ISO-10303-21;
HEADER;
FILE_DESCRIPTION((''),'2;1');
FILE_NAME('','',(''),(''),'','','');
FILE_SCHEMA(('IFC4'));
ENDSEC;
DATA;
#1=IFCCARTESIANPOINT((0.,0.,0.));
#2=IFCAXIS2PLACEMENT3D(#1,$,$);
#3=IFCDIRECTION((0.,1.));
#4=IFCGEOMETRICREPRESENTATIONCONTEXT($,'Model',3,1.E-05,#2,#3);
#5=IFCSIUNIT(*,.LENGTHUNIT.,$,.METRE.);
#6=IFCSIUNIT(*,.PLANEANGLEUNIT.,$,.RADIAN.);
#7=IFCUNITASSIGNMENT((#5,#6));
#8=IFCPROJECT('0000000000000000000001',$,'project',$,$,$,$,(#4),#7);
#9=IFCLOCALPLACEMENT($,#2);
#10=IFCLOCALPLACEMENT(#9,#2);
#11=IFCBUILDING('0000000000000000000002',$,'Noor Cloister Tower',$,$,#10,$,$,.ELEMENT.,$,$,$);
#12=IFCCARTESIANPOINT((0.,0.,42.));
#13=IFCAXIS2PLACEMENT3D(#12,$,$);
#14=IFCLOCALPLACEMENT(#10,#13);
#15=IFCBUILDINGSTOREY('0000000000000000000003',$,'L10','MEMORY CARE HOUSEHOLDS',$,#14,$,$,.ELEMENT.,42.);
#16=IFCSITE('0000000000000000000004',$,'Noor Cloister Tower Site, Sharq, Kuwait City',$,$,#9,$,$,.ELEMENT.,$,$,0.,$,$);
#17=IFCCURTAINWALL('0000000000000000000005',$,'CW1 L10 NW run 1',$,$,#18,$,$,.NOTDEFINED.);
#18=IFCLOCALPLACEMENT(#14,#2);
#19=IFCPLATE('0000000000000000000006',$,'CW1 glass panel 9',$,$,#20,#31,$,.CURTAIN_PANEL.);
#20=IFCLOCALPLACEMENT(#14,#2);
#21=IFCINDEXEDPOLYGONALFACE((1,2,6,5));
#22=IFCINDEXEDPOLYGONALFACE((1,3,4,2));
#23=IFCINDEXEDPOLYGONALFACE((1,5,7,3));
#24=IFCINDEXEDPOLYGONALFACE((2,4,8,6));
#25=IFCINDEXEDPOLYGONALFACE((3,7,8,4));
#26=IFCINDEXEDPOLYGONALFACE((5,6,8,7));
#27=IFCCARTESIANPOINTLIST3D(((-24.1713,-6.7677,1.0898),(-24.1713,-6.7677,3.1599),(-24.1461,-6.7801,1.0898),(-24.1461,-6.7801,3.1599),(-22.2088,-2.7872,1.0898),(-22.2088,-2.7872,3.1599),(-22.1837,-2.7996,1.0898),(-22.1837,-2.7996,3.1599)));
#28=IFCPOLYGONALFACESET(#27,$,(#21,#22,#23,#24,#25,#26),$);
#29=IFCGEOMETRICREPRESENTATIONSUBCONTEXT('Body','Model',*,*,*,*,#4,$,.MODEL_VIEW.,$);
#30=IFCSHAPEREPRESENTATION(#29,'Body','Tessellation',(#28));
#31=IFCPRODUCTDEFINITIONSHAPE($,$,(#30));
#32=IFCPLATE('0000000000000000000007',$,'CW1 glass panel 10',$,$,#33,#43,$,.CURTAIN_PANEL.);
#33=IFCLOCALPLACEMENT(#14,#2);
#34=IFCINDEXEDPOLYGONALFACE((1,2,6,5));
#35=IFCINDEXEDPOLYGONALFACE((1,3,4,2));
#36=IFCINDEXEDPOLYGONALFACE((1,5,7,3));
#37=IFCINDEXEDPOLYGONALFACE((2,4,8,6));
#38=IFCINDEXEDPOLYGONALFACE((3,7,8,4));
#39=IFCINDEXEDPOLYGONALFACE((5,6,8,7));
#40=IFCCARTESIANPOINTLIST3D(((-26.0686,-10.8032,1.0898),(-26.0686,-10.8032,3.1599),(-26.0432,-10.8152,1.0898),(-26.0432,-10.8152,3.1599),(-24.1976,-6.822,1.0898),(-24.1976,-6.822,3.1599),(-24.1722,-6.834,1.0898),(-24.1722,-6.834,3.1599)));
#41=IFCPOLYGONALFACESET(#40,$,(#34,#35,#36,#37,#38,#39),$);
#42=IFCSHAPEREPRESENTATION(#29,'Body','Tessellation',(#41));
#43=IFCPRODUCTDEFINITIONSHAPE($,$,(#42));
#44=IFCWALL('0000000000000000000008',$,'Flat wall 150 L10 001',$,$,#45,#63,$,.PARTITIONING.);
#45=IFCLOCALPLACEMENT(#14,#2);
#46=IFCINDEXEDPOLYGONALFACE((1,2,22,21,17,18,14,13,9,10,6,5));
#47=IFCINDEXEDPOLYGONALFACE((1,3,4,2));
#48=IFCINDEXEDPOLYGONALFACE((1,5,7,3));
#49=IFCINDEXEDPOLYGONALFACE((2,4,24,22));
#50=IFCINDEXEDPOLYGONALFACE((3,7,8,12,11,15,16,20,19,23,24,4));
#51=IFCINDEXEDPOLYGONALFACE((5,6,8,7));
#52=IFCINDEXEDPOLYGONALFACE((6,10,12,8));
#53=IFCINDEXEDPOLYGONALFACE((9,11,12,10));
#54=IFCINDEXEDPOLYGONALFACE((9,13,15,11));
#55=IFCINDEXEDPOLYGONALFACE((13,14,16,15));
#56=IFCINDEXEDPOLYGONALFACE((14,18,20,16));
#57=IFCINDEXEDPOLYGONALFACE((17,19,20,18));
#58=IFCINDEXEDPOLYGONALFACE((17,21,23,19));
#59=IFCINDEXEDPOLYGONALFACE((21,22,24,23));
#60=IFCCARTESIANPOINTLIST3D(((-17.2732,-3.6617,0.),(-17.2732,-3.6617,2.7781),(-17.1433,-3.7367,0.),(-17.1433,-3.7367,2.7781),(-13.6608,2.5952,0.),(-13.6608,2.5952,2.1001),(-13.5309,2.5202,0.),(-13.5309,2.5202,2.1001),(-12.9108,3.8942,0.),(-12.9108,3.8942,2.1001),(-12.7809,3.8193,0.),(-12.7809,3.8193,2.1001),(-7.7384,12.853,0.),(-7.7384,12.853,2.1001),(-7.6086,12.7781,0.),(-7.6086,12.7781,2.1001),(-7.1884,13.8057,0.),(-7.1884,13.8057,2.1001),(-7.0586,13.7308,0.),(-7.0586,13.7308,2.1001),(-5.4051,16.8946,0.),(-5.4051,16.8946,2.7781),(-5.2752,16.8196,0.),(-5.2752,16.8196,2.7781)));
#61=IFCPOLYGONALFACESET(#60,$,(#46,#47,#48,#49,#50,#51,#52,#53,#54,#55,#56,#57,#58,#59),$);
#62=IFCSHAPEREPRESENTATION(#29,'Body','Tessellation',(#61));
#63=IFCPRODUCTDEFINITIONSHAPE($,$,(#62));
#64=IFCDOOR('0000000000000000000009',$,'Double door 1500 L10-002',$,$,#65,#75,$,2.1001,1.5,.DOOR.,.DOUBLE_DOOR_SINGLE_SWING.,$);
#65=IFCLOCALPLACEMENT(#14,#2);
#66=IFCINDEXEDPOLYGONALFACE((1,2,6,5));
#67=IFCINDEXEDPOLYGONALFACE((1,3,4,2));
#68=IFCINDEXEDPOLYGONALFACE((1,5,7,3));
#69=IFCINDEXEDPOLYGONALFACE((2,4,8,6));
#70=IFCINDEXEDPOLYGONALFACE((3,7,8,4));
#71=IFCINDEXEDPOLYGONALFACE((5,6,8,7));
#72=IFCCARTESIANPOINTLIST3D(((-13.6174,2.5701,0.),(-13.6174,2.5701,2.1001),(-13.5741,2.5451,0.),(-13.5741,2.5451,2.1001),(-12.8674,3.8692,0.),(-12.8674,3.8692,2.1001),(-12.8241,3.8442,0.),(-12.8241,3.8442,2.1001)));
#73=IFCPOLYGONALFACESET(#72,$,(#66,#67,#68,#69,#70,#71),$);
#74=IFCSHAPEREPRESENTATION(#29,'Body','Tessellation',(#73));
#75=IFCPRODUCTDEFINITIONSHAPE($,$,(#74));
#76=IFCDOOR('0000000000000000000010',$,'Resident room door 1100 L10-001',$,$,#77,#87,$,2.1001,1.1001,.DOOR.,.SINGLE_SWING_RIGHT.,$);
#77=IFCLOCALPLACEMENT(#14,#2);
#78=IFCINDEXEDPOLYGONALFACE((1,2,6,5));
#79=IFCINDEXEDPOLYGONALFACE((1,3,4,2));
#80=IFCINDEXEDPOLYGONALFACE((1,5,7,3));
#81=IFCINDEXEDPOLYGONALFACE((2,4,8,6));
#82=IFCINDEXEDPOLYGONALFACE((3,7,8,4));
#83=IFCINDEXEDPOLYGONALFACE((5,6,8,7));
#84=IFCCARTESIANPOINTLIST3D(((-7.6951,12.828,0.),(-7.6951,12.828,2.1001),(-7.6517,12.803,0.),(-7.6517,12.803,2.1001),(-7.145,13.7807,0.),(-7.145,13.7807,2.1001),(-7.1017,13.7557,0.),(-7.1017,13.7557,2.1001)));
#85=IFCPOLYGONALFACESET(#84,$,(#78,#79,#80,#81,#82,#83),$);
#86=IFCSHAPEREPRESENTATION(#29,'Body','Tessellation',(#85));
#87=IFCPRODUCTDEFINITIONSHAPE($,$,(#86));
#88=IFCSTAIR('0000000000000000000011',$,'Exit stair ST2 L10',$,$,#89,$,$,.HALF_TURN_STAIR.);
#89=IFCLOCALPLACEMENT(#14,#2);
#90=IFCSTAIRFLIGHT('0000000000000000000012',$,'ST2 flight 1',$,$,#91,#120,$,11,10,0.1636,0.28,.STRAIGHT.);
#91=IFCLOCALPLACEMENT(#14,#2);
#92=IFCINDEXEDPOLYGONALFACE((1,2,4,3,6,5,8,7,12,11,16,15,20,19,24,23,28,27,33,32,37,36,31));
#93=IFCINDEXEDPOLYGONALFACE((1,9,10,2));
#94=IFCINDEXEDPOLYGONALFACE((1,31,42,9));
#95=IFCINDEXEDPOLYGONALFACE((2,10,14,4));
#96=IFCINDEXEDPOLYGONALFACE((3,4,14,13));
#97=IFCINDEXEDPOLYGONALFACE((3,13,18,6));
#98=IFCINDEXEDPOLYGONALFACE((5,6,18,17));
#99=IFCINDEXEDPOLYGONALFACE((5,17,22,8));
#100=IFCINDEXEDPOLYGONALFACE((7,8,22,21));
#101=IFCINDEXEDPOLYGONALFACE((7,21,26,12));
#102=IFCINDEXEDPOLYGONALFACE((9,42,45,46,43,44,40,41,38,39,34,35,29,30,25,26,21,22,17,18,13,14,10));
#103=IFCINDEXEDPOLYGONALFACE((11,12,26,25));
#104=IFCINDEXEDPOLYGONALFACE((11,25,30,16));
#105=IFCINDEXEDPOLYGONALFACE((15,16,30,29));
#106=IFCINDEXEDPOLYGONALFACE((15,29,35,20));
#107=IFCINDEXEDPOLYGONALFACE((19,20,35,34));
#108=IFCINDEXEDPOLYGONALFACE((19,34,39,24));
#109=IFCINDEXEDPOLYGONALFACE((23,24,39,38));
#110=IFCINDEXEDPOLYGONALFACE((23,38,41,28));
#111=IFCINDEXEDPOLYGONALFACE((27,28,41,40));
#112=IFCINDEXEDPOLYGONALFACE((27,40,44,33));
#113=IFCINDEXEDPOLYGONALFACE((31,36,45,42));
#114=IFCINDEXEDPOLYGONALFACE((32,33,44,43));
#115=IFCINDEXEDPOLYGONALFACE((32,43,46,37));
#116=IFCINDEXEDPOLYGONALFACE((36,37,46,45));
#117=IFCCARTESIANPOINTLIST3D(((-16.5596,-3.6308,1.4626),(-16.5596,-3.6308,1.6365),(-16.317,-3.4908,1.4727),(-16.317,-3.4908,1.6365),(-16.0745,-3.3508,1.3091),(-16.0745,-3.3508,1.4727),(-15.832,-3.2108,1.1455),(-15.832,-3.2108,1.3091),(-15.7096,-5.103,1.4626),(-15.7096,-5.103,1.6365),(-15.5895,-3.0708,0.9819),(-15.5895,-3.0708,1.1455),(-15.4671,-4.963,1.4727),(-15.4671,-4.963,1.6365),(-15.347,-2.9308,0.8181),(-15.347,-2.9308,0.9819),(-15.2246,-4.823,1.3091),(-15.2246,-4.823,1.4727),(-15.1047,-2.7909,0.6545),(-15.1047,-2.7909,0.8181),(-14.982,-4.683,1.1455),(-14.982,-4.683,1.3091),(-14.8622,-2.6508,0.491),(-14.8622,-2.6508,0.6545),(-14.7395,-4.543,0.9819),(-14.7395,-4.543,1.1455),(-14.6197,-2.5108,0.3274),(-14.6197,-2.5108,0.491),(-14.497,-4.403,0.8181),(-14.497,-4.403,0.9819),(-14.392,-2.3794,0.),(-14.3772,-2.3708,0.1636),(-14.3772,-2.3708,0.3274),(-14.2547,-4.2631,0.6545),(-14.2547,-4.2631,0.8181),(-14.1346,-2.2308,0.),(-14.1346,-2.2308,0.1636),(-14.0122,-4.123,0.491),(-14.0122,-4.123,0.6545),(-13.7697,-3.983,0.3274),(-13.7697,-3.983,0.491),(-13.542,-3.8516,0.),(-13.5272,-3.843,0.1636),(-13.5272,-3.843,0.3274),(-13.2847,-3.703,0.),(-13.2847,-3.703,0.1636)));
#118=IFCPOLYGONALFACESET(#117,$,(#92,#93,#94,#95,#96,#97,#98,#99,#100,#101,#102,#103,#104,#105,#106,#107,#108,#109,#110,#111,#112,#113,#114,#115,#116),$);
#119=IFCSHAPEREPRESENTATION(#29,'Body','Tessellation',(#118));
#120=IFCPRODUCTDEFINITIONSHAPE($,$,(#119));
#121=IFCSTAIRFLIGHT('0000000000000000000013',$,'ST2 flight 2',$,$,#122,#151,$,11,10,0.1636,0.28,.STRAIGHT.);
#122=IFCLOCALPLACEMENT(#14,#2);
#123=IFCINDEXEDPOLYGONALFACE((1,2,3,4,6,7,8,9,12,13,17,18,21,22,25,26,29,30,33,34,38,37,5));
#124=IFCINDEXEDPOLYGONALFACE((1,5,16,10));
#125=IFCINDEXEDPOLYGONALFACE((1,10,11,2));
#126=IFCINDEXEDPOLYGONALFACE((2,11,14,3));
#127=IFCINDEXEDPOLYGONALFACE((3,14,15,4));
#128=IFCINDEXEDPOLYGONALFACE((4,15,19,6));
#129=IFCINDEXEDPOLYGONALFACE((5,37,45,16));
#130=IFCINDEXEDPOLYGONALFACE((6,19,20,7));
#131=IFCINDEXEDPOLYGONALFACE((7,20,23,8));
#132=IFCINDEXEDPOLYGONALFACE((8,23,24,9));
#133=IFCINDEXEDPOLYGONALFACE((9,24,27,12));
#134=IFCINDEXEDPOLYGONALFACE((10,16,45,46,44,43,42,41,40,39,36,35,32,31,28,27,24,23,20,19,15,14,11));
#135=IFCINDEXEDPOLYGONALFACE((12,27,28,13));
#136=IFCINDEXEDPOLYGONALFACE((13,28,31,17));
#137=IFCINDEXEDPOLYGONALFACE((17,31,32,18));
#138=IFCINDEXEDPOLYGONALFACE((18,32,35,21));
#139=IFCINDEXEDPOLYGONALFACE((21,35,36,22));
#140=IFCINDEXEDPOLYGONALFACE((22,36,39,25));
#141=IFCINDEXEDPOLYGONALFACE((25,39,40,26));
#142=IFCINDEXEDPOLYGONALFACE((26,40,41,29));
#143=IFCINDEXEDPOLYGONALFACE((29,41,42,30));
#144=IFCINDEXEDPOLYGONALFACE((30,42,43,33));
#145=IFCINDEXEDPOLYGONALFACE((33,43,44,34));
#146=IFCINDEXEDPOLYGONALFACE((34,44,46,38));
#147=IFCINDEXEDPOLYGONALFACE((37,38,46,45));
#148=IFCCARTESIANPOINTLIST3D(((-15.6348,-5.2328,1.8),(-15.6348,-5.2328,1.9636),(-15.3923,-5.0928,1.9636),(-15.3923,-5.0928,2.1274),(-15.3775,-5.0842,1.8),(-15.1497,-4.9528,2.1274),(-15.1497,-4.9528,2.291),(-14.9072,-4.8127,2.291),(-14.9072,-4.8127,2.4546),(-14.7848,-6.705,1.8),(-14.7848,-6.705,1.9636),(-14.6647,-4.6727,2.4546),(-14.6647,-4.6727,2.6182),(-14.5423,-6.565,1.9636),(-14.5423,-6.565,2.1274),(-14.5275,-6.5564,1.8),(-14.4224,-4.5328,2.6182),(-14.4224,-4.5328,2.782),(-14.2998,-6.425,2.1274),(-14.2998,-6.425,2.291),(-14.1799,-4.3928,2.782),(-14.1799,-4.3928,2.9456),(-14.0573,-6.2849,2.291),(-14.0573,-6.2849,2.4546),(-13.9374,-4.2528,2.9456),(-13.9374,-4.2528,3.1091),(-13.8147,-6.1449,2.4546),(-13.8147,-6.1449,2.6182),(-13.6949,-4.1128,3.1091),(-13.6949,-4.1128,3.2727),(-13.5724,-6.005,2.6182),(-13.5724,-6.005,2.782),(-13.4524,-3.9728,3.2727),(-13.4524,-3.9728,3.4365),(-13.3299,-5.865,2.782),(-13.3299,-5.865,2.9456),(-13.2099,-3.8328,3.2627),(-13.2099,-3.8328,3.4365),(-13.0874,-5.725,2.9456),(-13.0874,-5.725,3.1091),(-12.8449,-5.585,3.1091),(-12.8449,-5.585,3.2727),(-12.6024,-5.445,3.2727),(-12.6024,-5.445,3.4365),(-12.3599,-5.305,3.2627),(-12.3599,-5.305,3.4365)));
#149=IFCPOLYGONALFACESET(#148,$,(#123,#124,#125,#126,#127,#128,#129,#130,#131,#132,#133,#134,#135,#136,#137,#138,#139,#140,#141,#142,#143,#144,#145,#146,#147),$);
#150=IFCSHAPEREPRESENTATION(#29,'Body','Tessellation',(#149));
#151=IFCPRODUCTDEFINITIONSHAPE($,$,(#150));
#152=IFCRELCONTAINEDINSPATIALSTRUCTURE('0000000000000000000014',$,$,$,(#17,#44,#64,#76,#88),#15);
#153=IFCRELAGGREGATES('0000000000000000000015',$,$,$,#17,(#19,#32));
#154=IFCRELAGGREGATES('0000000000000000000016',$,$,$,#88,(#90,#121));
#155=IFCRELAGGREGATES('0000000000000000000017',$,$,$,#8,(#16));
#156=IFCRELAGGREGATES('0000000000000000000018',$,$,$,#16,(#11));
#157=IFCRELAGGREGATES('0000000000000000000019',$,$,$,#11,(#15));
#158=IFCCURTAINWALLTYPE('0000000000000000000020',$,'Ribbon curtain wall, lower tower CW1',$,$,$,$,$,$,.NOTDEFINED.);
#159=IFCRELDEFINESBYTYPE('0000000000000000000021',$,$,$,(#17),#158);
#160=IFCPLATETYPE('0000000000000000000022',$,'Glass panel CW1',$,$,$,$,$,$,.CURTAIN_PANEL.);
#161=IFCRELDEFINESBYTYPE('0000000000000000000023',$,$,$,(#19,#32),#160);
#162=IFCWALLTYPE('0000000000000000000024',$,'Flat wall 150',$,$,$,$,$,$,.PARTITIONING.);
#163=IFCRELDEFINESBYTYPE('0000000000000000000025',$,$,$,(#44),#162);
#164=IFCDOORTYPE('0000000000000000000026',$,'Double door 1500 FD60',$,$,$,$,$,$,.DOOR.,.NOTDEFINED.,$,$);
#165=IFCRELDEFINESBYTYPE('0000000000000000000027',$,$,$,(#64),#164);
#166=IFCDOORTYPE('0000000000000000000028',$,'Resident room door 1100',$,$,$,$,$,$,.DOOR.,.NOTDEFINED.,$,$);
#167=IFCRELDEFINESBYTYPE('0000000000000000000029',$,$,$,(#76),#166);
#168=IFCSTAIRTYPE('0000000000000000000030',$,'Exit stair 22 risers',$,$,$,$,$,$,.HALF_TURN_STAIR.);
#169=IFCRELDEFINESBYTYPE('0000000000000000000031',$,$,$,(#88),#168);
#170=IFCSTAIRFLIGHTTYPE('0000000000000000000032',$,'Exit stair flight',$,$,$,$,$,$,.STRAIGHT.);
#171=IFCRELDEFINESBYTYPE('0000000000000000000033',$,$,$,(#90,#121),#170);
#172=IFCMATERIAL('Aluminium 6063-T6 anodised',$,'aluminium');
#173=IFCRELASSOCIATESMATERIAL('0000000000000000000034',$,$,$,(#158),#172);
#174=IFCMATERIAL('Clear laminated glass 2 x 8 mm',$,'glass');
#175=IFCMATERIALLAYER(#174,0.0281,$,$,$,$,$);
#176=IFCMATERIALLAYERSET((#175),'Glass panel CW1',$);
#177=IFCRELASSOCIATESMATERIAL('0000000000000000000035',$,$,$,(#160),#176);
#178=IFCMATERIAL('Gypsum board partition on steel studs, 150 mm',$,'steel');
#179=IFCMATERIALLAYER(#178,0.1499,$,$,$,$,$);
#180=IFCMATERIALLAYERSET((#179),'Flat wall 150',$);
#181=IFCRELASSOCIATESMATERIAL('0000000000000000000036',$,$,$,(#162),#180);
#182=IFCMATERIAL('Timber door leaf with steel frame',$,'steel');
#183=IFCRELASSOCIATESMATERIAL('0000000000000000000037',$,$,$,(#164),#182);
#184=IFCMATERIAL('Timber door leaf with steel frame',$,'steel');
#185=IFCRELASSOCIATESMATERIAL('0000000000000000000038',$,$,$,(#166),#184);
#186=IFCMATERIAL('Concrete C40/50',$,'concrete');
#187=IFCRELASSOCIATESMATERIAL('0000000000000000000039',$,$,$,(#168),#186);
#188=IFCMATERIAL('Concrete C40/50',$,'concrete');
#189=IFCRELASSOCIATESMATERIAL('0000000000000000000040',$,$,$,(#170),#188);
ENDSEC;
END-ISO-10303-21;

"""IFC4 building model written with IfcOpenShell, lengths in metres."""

from ifc_helpers import new_model, si_unit, direction, frame, frame_2d, origin, origin_2d, place, context, subcontext, project, spatial, polyline, rectangle, outline, extrude, material, layer, layer_set, type_object, element, fill, aggregate, save


model = new_model("IFC4")

# Units and contexts
model_context = context("Model", 3, precision=1e-05, world=origin(), true_north=direction((0.0, 1.0)))
body_context = subcontext(model_context, "Body", "Model", "MODEL_VIEW")
ifc_project = project(units=[si_unit("LENGTHUNIT", "METRE"), si_unit("PLANEANGLEUNIT", "RADIAN")], contexts=[model_context])

# Site, building, storey
site_placement = place(None, origin())
site = spatial("IfcSite", under=ifc_project, at=site_placement, Name="Noor Cloister Tower Site, Sharq, Kuwait City", CompositionType="ELEMENT", RefElevation=0.0)
building_placement = place(site_placement, origin())
building = spatial("IfcBuilding", under=site, at=building_placement, Name="Noor Cloister Tower", CompositionType="ELEMENT")
storey_placement = place(building_placement, frame((0.0, 0.0, 42.0)))
storey = spatial("IfcBuildingStorey", under=building, at=storey_placement, Name="L10", Description="MEMORY CARE HOUSEHOLDS", CompositionType="ELEMENT", Elevation=42.0)

# Curtain wall
ifc_material_1 = material(Name="Aluminium 6063-T6 anodised", Category="aluminium")
curtain_wall_type = type_object("IfcCurtainWallType", Name="Ribbon curtain wall, lower tower CW1", PredefinedType="NOTDEFINED", material=ifc_material_1)
curtain_wall_placement = place(storey_placement, origin())
curtain_wall = element("IfcCurtainWall", 1, at=curtain_wall_placement, inside=storey, type_object=curtain_wall_type, Name="CW1 L10 NW run 1", PredefinedType="NOTDEFINED")

# Plates
ifc_material_2 = material(Name="Clear laminated glass 2 x 8 mm", Category="glass")
ifc_layer_1 = layer(ifc_material_2, 0.0281)
ifc_layer_set_1 = layer_set([ifc_layer_1], Name="Glass panel CW1")
plate_type = type_object("IfcPlateType", Name="Glass panel CW1", PredefinedType="CURTAIN_PANEL", material=ifc_layer_set_1)
plate_1_placement = place(storey_placement, frame((-23.1775, -4.7837, 1.0898), z_axis=(0.0, 0.0, 1.0), x_axis=(-0.442202, -0.896915, 0.0)))
plate_1 = element("IfcPlate", 2, at=plate_1_placement, type_object=plate_type, Name="CW1 glass panel 9", PredefinedType="CURTAIN_PANEL", context=body_context, shape_type="SweptSolid", body=[
    extrude(rectangle(XDim=4.438, YDim=0.0281, at=origin_2d()), origin(), (0.0, 0.0, 1.0), 2.0701),
])
plate_2_placement = place(storey_placement, frame((-25.1204, -8.8186, 1.0898), z_axis=(0.0, 0.0, 1.0), x_axis=(-0.425329, -0.905039, 0.0)))
plate_2 = element("IfcPlate", 3, at=plate_2_placement, type_object=plate_type, Name="CW1 glass panel 10", PredefinedType="CURTAIN_PANEL", context=body_context, shape_type="SweptSolid", body=[
    extrude(rectangle(XDim=4.3989, YDim=0.0281, at=origin_2d()), origin(), (0.0, 0.0, 1.0), 2.0701),
])
aggregate(curtain_wall, [plate_1, plate_2])

# Wall, openings, doors
ifc_material_3 = material(Name="Gypsum board partition on steel studs, 150 mm", Category="steel")
ifc_layer_2 = layer(ifc_material_3, 0.1499)
ifc_layer_set_2 = layer_set([ifc_layer_2], Name="Flat wall 150")
wall_type = type_object("IfcWallType", Name="Flat wall 150", PredefinedType="PARTITIONING", material=ifc_layer_set_2)
wall_placement = place(storey_placement, frame((-17.2083, -3.6992, 0.0), z_axis=(0.0, 0.0, 1.0), x_axis=(0.499998, 0.866027, 0.0)))
wall = element("IfcWall", 4, at=wall_placement, inside=storey, type_object=wall_type, Name="Flat wall 150 L10 001", PredefinedType="PARTITIONING", context=body_context, shape_type="SweptSolid", body=[
    extrude(rectangle(XDim=23.7363, YDim=0.1499, at=frame_2d((11.8682, 0.0))), origin(), (0.0, 0.0, 1.0), 2.7781),
])
opening_1_placement = place(wall_placement, frame((19.0696, 0.0, 0.0)))
opening_1 = element("IfcOpeningElement", 5, at=opening_1_placement, cuts=wall, PredefinedType="OPENING", context=body_context, shape_type="SweptSolid", body=[
    extrude(rectangle(XDim=1.1001, YDim=2.1001, at=frame_2d((0.55, 1.05))), frame((0.0, 0.085, 0.0), z_axis=(0.0, -1.0, 0.0), x_axis=(1.0, 0.0, 0.0)), (0.0, 0.0, 1.0), 0.1699),
])
opening_2_placement = place(wall_placement, frame((7.2249, 0.0, 0.0)))
opening_2 = element("IfcOpeningElement", 6, at=opening_2_placement, cuts=wall, PredefinedType="OPENING", context=body_context, shape_type="SweptSolid", body=[
    extrude(rectangle(XDim=1.5, YDim=2.1001, at=frame_2d((0.75, 1.05))), frame((0.0, 0.085, 0.0), z_axis=(0.0, -1.0, 0.0), x_axis=(1.0, 0.0, 0.0)), (0.0, 0.0, 1.0), 0.1699),
])
ifc_material_4 = material(Name="Timber door leaf with steel frame", Category="steel")
door_type_1 = type_object("IfcDoorType", Name="Double door 1500 FD60", OperationType="NOTDEFINED", PredefinedType="DOOR", material=ifc_material_4)
door_1_placement = place(opening_2_placement, origin())
door_1 = element("IfcDoor", 7, at=door_1_placement, inside=storey, type_object=door_type_1, Name="Double door 1500 L10-002", OperationType="DOUBLE_DOOR_SINGLE_SWING", OverallHeight=2.1001, OverallWidth=1.5, PredefinedType="DOOR", context=body_context, shape_type="SweptSolid", body=[
    extrude(rectangle(XDim=1.5, YDim=2.1001, at=frame_2d((0.75, 1.05))), frame((0.0, 0.0249, 0.0), z_axis=(0.0, -1.0, 0.0), x_axis=(1.0, 0.0, 0.0)), (0.0, 0.0, 1.0), 0.05),
])
fill(opening_2, door_1)
ifc_material_5 = material(Name="Timber door leaf with steel frame", Category="steel")
door_type_2 = type_object("IfcDoorType", Name="Resident room door 1100", OperationType="NOTDEFINED", PredefinedType="DOOR", material=ifc_material_5)
door_2_placement = place(opening_1_placement, origin())
door_2 = element("IfcDoor", 8, at=door_2_placement, inside=storey, type_object=door_type_2, Name="Resident room door 1100 L10-001", OperationType="SINGLE_SWING_RIGHT", OverallHeight=2.1001, OverallWidth=1.1001, PredefinedType="DOOR", context=body_context, shape_type="SweptSolid", body=[
    extrude(rectangle(XDim=1.1001, YDim=2.1001, at=frame_2d((0.55, 1.05))), frame((0.0, 0.0249, 0.0), z_axis=(0.0, -1.0, 0.0), x_axis=(1.0, 0.0, 0.0)), (0.0, 0.0, 1.0), 0.05),
])
fill(opening_1, door_2)

# Stair, stair flights
ifc_material_6 = material(Name="Concrete C40/50", Category="concrete")
stair_type = type_object("IfcStairType", Name="Exit stair 22 risers", PredefinedType="HALF_TURN_STAIR", material=ifc_material_6)
stair_placement = place(storey_placement, origin())
stair = element("IfcStair", 9, at=stair_placement, inside=storey, type_object=stair_type, Name="Exit stair ST2 L10", PredefinedType="HALF_TURN_STAIR")
ifc_material_7 = material(Name="Concrete C40/50", Category="concrete")
stair_flight_type = type_object("IfcStairFlightType", Name="Exit stair flight", PredefinedType="STRAIGHT", material=ifc_material_7)
stair_flight_1_placement = place(storey_placement, frame((-13.7097, -2.9668, 0.0), z_axis=(0.0, 0.0, 1.0), x_axis=(-0.866025, -0.5, 0.0)))
stair_flight_1 = element("IfcStairFlight", 10, at=stair_flight_1_placement, type_object=stair_flight_type, Name="ST2 flight 1", NumberOfRisers=11, NumberOfTreads=10, PredefinedType="STRAIGHT", RiserHeight=0.1636, TreadLength=0.28, context=body_context, shape_type="SweptSolid", body=[
    extrude(outline(polyline([(0.0, 0.0), (0.0, 0.1636), (0.28, 0.1636), (0.28, 0.3274), (0.5601, 0.3274), (0.5601, 0.491), (0.8401, 0.491), (0.8401, 0.6545), (1.1201, 0.6545), (1.1201, 0.8181), (1.3999, 0.8181), (1.3999, 0.9819), (1.6799, 0.9819), (1.6799, 1.1455), (1.96, 1.1455), (1.96, 1.3091), (2.24, 1.3091), (2.24, 1.4727), (2.52, 1.4727), (2.52, 1.6365), (2.8, 1.6365), (2.8, 1.8), (2.8, 1.4626), (0.2971, 0.0), (0.0, 0.0)])), frame((0.0, 0.8501, 0.0), z_axis=(0.0, -1.0, 0.0), x_axis=(1.0, 0.0, 0.0)), (0.0, 0.0, 1.0), 1.7),
])
stair_flight_2_placement = place(storey_placement, frame((-15.2097, -5.969, 1.8), z_axis=(0.0, 0.0, 1.0), x_axis=(0.866025, 0.5, 0.0)))
stair_flight_2 = element("IfcStairFlight", 11, at=stair_flight_2_placement, type_object=stair_flight_type, Name="ST2 flight 2", NumberOfRisers=11, NumberOfTreads=10, PredefinedType="STRAIGHT", RiserHeight=0.1636, TreadLength=0.28, context=body_context, shape_type="SweptSolid", body=[
    extrude(outline(polyline([(0.0, 0.0), (0.0, 0.1636), (0.28, 0.1636), (0.28, 0.3274), (0.5601, 0.3274), (0.5601, 0.491), (0.8401, 0.491), (0.8401, 0.6545), (1.1201, 0.6545), (1.1201, 0.8181), (1.3999, 0.8181), (1.3999, 0.9819), (1.6799, 0.9819), (1.6799, 1.1455), (1.96, 1.1455), (1.96, 1.3091), (2.24, 1.3091), (2.24, 1.4727), (2.52, 1.4727), (2.52, 1.6365), (2.8, 1.6365), (2.8, 1.8), (2.8, 1.4626), (0.2971, 0.0), (0.0, 0.0)])), frame((0.0, 0.8501, 0.0), z_axis=(0.0, -1.0, 0.0), x_axis=(1.0, 0.0, 0.0)), (0.0, 0.0, 1.0), 1.7),
])
aggregate(stair, [stair_flight_1, stair_flight_2])

save(model, "model.ifc")
